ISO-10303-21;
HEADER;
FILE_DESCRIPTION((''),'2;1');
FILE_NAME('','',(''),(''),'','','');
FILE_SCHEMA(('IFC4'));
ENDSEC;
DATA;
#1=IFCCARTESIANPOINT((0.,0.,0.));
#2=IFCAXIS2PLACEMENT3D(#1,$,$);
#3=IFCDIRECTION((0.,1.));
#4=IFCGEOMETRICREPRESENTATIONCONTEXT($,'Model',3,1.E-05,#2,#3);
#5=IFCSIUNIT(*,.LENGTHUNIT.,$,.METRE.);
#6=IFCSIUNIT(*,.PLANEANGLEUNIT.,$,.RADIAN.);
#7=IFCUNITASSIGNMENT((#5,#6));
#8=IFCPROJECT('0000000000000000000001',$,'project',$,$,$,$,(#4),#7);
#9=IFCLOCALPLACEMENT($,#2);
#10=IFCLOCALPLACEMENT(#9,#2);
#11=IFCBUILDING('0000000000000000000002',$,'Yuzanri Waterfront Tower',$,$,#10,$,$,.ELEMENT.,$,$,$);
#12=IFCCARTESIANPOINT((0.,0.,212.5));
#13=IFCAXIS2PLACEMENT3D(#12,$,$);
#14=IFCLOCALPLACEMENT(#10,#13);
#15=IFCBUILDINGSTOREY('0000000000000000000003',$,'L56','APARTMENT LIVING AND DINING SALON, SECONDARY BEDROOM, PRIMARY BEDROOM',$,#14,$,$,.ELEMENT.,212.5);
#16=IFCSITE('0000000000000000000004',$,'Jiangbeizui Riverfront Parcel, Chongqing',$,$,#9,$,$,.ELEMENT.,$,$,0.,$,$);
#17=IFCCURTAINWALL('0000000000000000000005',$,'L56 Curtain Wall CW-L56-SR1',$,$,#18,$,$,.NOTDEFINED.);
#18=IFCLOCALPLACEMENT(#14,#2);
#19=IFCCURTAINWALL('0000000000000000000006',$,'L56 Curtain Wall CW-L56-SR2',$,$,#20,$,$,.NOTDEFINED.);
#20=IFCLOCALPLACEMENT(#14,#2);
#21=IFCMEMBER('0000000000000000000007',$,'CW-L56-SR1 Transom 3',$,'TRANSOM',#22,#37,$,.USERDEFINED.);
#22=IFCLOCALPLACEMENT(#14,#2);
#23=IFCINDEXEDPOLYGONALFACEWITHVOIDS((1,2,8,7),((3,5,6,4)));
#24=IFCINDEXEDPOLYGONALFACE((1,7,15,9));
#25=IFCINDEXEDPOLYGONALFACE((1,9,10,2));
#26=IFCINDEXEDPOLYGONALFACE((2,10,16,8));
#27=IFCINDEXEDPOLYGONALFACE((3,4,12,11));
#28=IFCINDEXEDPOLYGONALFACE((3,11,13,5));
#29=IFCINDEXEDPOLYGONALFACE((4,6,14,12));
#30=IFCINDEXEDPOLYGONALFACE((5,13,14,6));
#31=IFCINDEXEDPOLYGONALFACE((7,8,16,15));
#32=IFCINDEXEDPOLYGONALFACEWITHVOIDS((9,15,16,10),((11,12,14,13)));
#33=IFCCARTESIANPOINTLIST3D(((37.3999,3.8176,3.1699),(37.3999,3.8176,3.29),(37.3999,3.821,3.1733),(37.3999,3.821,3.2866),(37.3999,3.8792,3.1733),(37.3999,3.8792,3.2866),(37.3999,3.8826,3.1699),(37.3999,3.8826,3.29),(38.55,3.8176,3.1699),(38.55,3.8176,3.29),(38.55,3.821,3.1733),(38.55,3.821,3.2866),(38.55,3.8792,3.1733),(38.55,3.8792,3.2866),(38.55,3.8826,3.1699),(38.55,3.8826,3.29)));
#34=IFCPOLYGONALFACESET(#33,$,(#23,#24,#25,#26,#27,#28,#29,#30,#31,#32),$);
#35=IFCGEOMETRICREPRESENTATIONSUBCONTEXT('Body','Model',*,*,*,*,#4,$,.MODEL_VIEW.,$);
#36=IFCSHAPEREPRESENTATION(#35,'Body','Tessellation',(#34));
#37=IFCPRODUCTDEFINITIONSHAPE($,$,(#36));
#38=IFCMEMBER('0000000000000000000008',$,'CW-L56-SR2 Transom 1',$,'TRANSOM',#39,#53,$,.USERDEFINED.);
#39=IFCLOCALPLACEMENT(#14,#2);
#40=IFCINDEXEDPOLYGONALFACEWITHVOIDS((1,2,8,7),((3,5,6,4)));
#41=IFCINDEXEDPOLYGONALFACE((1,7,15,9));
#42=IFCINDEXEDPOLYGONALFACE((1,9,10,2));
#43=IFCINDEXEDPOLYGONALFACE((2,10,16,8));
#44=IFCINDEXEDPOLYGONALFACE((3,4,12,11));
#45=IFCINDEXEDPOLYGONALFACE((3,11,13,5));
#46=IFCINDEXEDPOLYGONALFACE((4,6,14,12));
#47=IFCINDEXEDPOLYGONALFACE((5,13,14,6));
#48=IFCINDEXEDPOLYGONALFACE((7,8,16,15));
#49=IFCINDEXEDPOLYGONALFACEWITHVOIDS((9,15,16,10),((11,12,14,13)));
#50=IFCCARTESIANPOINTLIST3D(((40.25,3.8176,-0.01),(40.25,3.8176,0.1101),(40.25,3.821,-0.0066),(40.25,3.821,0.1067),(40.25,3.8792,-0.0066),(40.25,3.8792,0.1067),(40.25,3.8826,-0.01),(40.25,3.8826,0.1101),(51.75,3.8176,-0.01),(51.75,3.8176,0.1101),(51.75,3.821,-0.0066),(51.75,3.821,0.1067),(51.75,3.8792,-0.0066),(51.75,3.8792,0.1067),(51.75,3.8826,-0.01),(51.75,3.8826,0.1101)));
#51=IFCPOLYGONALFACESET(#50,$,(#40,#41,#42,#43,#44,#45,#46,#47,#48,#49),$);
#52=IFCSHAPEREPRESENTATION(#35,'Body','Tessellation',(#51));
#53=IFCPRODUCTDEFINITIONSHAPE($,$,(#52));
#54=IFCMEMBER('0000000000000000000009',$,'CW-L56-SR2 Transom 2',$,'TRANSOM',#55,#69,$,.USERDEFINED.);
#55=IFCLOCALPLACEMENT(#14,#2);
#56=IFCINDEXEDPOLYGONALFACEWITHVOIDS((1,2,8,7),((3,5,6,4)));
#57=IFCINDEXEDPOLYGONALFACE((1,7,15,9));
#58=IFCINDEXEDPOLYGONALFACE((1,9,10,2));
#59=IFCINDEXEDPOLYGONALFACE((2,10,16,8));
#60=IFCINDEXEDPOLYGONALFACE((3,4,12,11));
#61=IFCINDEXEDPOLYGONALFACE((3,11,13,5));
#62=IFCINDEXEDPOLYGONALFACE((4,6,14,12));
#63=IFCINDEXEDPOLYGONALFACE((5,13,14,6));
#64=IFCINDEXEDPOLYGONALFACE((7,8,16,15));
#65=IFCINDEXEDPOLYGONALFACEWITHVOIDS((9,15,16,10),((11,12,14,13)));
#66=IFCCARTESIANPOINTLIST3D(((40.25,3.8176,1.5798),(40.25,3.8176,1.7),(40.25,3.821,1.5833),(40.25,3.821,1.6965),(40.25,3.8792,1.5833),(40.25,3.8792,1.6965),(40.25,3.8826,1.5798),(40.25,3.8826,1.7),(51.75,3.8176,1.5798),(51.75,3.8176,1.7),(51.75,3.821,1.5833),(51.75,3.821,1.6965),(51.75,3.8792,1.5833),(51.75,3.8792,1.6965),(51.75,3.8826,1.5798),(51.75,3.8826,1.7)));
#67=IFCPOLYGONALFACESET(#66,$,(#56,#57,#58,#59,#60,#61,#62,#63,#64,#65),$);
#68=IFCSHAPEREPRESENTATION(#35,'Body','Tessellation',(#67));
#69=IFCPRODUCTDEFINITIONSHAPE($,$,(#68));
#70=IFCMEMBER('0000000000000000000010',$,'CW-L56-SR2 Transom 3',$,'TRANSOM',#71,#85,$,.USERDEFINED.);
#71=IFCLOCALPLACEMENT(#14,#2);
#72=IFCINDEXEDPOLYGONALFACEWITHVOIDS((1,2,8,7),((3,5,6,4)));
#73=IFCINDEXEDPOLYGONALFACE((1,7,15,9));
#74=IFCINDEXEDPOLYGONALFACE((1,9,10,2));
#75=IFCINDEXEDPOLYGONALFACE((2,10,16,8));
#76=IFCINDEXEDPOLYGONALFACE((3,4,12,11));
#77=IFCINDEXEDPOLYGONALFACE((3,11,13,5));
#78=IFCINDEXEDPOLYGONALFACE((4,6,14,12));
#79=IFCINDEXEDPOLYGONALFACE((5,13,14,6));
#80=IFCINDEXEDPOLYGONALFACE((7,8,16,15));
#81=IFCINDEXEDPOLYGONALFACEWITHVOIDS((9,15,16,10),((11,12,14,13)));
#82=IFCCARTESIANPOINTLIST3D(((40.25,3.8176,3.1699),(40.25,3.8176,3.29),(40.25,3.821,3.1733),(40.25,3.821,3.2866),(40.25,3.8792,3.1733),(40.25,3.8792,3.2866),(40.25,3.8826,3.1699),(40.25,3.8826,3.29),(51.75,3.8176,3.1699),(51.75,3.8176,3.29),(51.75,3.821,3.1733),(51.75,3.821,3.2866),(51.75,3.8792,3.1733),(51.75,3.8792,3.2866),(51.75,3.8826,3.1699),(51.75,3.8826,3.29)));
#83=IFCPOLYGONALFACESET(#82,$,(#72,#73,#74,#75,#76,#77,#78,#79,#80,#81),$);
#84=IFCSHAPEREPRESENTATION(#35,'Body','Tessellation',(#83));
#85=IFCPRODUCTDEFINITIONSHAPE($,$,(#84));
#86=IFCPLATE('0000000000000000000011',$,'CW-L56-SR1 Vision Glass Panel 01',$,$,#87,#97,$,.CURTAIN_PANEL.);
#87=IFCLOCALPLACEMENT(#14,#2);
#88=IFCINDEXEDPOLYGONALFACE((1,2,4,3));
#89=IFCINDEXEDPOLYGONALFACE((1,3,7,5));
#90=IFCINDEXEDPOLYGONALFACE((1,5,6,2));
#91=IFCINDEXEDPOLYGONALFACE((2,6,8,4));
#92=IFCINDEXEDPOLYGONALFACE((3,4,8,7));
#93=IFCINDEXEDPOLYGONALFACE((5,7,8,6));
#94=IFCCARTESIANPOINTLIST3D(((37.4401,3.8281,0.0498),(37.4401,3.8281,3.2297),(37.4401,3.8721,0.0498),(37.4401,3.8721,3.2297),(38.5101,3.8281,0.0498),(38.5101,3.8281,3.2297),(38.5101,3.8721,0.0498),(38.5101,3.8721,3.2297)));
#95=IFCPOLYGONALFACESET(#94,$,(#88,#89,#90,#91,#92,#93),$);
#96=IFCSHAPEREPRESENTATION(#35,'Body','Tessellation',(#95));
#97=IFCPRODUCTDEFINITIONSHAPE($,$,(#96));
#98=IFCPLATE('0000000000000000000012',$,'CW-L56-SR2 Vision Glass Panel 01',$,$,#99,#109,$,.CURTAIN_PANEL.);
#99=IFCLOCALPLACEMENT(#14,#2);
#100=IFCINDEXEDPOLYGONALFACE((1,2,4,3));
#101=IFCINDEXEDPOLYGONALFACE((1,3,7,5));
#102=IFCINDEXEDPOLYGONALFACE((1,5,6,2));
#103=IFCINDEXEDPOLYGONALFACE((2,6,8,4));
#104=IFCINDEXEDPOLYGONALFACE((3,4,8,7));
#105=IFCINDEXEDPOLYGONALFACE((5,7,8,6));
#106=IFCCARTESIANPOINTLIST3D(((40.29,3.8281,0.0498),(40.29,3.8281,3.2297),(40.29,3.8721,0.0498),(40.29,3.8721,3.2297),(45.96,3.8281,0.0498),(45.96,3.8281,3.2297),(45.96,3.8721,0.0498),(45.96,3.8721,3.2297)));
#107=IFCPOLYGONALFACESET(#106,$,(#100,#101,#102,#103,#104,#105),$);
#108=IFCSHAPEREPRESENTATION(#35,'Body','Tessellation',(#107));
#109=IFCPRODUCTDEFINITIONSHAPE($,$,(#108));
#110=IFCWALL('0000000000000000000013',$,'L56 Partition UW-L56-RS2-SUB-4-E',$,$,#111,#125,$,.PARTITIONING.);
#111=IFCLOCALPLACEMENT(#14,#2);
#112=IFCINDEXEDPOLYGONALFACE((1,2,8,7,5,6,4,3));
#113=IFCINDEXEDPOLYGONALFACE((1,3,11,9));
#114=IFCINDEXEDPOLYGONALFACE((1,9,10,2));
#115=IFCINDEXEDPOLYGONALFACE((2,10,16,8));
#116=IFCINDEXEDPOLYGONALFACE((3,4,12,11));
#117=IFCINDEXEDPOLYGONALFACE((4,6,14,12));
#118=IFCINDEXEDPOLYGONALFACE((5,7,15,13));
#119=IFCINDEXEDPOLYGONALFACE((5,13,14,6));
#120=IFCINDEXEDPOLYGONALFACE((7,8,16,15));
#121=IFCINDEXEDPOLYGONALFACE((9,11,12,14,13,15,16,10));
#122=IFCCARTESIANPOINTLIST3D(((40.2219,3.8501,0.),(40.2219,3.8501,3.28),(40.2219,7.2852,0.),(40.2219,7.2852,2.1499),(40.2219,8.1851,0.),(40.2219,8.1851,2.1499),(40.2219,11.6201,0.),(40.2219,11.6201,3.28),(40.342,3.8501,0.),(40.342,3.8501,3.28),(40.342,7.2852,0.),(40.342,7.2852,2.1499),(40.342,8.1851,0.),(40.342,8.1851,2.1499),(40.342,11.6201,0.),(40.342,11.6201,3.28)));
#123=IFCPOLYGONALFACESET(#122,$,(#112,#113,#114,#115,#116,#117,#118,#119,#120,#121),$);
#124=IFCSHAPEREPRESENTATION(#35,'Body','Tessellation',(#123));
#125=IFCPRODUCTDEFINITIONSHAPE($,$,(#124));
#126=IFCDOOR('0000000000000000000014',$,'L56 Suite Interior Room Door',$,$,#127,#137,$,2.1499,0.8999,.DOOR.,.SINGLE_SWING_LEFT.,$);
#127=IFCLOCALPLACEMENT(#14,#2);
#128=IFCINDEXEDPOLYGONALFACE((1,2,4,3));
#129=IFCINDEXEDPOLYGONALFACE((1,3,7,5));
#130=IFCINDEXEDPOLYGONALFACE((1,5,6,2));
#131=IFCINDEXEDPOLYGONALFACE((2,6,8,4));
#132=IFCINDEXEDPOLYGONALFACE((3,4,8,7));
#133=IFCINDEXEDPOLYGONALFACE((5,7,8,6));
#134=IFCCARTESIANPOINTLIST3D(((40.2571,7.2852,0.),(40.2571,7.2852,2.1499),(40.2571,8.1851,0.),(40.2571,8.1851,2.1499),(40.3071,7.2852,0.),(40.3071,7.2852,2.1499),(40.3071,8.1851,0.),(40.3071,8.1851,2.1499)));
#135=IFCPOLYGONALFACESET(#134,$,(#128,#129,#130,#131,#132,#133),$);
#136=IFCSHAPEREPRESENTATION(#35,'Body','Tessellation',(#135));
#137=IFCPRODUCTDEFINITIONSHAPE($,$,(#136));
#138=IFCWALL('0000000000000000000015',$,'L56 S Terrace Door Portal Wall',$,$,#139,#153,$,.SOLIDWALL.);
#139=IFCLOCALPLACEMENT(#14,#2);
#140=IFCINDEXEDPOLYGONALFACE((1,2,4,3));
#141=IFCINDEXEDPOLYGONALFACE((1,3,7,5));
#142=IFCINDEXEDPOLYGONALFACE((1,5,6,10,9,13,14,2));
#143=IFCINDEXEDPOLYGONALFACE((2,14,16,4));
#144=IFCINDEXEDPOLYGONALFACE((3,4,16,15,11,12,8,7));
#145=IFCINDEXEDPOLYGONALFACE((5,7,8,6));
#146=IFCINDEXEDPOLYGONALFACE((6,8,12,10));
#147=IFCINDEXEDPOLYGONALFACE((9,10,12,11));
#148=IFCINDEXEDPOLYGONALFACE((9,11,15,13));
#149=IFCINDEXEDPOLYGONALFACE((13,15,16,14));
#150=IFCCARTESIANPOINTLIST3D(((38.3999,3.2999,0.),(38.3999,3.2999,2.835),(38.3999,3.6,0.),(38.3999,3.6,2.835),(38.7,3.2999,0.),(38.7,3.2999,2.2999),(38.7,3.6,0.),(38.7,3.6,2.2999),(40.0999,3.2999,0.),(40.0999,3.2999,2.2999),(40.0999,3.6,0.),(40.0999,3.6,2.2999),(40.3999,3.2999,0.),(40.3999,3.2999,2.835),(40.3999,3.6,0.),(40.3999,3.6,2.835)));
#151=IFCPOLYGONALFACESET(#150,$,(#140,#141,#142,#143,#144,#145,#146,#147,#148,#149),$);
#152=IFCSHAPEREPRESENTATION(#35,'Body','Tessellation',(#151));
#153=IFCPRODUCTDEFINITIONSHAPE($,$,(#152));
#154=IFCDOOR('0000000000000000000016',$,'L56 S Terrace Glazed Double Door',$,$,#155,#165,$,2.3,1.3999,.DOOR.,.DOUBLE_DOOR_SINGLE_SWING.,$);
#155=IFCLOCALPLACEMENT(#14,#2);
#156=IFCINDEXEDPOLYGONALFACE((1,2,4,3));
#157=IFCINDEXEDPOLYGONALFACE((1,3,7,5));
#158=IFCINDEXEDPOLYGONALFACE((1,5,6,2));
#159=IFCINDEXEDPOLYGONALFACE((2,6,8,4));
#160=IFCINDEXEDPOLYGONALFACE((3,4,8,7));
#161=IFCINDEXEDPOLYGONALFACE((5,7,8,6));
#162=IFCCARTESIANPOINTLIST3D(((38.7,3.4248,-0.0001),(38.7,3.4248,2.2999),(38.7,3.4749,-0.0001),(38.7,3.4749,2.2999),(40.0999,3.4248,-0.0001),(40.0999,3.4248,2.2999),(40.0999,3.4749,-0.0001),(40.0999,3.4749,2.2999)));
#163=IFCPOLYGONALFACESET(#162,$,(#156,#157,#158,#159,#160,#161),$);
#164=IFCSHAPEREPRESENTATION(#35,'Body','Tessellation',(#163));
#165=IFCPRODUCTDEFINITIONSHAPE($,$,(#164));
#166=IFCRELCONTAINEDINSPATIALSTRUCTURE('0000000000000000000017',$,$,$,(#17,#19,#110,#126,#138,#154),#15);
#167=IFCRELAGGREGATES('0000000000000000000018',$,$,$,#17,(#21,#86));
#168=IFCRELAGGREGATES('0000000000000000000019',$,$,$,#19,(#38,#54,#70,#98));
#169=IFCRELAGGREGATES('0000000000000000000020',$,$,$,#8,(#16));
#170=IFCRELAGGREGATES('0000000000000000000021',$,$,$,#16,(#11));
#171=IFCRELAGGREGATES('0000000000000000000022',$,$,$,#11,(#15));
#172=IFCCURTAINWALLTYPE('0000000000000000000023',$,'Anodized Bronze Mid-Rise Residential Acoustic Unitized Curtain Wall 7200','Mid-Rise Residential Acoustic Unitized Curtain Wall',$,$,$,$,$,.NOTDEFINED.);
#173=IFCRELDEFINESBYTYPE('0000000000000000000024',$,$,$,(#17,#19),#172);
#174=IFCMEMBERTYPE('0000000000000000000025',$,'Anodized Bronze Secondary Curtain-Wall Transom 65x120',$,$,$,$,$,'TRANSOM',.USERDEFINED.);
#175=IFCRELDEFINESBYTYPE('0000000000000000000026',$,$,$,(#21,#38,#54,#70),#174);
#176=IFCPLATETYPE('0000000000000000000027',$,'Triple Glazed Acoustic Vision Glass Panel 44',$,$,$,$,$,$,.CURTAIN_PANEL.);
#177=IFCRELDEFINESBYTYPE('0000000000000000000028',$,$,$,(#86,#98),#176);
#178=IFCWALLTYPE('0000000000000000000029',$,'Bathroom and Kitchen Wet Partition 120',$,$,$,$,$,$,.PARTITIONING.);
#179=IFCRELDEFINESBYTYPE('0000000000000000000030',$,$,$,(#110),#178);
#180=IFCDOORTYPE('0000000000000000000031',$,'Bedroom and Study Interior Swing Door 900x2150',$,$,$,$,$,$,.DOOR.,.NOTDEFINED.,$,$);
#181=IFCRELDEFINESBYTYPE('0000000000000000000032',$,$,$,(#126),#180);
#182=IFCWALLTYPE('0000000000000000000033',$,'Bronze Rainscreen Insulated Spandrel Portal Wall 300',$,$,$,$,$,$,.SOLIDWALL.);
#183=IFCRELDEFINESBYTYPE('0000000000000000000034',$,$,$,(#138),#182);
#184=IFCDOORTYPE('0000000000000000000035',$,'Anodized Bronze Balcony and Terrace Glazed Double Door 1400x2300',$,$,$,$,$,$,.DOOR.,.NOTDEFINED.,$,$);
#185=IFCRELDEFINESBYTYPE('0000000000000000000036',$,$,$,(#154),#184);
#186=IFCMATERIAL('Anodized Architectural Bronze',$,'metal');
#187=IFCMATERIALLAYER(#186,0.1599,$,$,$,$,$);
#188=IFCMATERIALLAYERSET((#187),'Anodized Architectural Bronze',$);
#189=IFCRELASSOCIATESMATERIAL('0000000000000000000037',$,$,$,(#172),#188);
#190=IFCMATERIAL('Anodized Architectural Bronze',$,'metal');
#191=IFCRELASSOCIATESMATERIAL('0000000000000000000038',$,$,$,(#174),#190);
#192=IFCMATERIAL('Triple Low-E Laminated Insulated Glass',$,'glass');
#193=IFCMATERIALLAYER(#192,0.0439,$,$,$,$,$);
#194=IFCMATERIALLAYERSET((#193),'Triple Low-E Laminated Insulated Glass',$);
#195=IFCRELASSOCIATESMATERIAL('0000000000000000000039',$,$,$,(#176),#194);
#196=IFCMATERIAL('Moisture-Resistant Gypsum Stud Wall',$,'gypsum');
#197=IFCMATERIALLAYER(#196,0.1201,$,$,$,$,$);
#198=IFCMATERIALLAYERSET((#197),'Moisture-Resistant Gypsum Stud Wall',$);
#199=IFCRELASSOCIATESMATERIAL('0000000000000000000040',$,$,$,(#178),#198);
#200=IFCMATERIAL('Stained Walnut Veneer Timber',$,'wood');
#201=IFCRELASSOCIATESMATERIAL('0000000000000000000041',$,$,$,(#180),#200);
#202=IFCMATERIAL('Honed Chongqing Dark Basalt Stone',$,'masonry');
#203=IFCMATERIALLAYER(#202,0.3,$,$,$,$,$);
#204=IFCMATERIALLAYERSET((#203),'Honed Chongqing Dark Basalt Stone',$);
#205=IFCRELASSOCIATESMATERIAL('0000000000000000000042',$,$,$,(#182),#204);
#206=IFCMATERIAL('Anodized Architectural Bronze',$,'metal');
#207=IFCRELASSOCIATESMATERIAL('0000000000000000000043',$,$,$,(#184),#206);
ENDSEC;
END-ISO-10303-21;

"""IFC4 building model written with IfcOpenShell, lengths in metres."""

from ifc_helpers import new_model, si_unit, direction, frame, frame_2d, origin, origin_2d, place, context, subcontext, project, spatial, rectangle, hollow_rectangle, extrude, source, transform, mapped, material, layer, layer_set, material_profile, profile_set, type_object, element, fill, aggregate, save


model = new_model("IFC4")

# Units and contexts
model_context = context("Model", 3, precision=1e-05, world=origin(), true_north=direction((0.0, 1.0)))
body_context = subcontext(model_context, "Body", "Model", "MODEL_VIEW")
ifc_project = project(units=[si_unit("LENGTHUNIT", "METRE"), si_unit("PLANEANGLEUNIT", "RADIAN")], contexts=[model_context])

# Site, building, storey
site_placement = place(None, origin())
site = spatial("IfcSite", under=ifc_project, at=site_placement, Name="Jiangbeizui Riverfront Parcel, Chongqing", CompositionType="ELEMENT", RefElevation=0.0)
building_placement = place(site_placement, origin())
building = spatial("IfcBuilding", under=site, at=building_placement, Name="Yuzanri Waterfront Tower", CompositionType="ELEMENT")
storey_placement = place(building_placement, frame((0.0, 0.0, 212.5)))
storey = spatial("IfcBuildingStorey", under=building, at=storey_placement, Name="L56", Description="APARTMENT LIVING AND DINING SALON, SECONDARY BEDROOM, PRIMARY BEDROOM", CompositionType="ELEMENT", Elevation=212.5)

# Curtain walls
ifc_material_1 = material(Name="Anodized Architectural Bronze", Category="metal")
ifc_layer_1 = layer(ifc_material_1, 0.1599)
ifc_layer_set_1 = layer_set([ifc_layer_1], Name="Anodized Architectural Bronze")
curtain_wall_type = type_object("IfcCurtainWallType", Name="Anodized Bronze Mid-Rise Residential Acoustic Unitized Curtain Wall 7200", Description="Mid-Rise Residential Acoustic Unitized Curtain Wall", PredefinedType="NOTDEFINED", material=ifc_layer_set_1)
curtain_wall_1_placement = place(storey_placement, origin())
curtain_wall_1 = element("IfcCurtainWall", 1, at=curtain_wall_1_placement, inside=storey, type_object=curtain_wall_type, Name="L56 Curtain Wall CW-L56-SR1", PredefinedType="NOTDEFINED")
curtain_wall_2_placement = place(storey_placement, origin())
curtain_wall_2 = element("IfcCurtainWall", 2, at=curtain_wall_2_placement, inside=storey, type_object=curtain_wall_type, Name="L56 Curtain Wall CW-L56-SR2", PredefinedType="NOTDEFINED")

# Members
ifc_material_2 = material(Name="Anodized Architectural Bronze", Category="metal")
ifc_material_profile_1 = material_profile(ifc_material_2, hollow_rectangle(XDim=0.0649, YDim=0.1201, WallThickness=0.0034, at=origin_2d()), Name="CWT 65x120")
ifc_profile_set_1 = profile_set([ifc_material_profile_1], Name="Anodized Architectural Bronze")
member_type_1 = type_object("IfcMemberType", Name="Anodized Bronze Secondary Curtain-Wall Transom 65x120", ElementType="TRANSOM", PredefinedType="USERDEFINED", material=ifc_profile_set_1)
shared_shape_1 = source(origin(), body_context, "Body", "SweptSolid", [
    extrude(hollow_rectangle(XDim=0.0649, YDim=0.1201, WallThickness=0.0034, at=origin_2d()), origin(), (0.0, 0.0, 1.0), 1.1501),
])
member_1_placement = place(storey_placement, frame((37.3999, 3.8501, 3.23), z_axis=(1.0, 0.0, 0.0), x_axis=(0.0, 1.0, 0.0)))
member_1 = element("IfcMember", 3, at=member_1_placement, type_object=member_type_1, Name="CW-L56-SR1 Transom 3", ObjectType="TRANSOM", PredefinedType="USERDEFINED", context=body_context, shape_type="MappedRepresentation", body=[
    mapped(shared_shape_1, transform((0.0, 0.0, 0.0), scale=1.0)),
])
shared_shape_2 = source(origin(), body_context, "Body", "SweptSolid", [
    extrude(hollow_rectangle(XDim=0.0649, YDim=0.1201, WallThickness=0.0034, at=origin_2d()), origin(), (0.0, 0.0, 1.0), 11.5),
])
member_2_placement = place(storey_placement, frame((40.25, 3.8501, 0.05), z_axis=(1.0, 0.0, 0.0), x_axis=(0.0, 1.0, 0.0)))
member_2 = element("IfcMember", 4, at=member_2_placement, type_object=member_type_1, Name="CW-L56-SR2 Transom 1", ObjectType="TRANSOM", PredefinedType="USERDEFINED", context=body_context, shape_type="MappedRepresentation", body=[
    mapped(shared_shape_2, transform((0.0, 0.0, 0.0), scale=1.0)),
])
member_3_placement = place(storey_placement, frame((40.25, 3.8501, 1.6399), z_axis=(1.0, 0.0, 0.0), x_axis=(0.0, 1.0, 0.0)))
member_3 = element("IfcMember", 5, at=member_3_placement, type_object=member_type_1, Name="CW-L56-SR2 Transom 2", ObjectType="TRANSOM", PredefinedType="USERDEFINED", context=body_context, shape_type="MappedRepresentation", body=[
    mapped(shared_shape_2, transform((0.0, 0.0, 0.0), scale=1.0)),
])
member_4_placement = place(storey_placement, frame((40.25, 3.8501, 3.23), z_axis=(1.0, 0.0, 0.0), x_axis=(0.0, 1.0, 0.0)))
member_4 = element("IfcMember", 6, at=member_4_placement, type_object=member_type_1, Name="CW-L56-SR2 Transom 3", ObjectType="TRANSOM", PredefinedType="USERDEFINED", context=body_context, shape_type="MappedRepresentation", body=[
    mapped(shared_shape_2, transform((0.0, 0.0, 0.0), scale=1.0)),
])

# Plates
ifc_material_3 = material(Name="Triple Low-E Laminated Insulated Glass", Category="glass")
ifc_layer_2 = layer(ifc_material_3, 0.0439)
ifc_layer_set_2 = layer_set([ifc_layer_2], Name="Triple Low-E Laminated Insulated Glass")
plate_type = type_object("IfcPlateType", Name="Triple Glazed Acoustic Vision Glass Panel 44", PredefinedType="CURTAIN_PANEL", material=ifc_layer_set_2)
shared_shape_3 = source(origin(), body_context, "Body", "SweptSolid", [
    extrude(rectangle(XDim=1.0701, YDim=0.0439, at=origin_2d()), origin(), (0.0, 0.0, 1.0), 3.1799),
])
plate_1_placement = place(storey_placement, frame((37.9751, 3.8501, 0.0498), z_axis=(0.0, 0.0, 1.0), x_axis=(1.0, 0.0, 0.0)))
plate_1 = element("IfcPlate", 7, at=plate_1_placement, type_object=plate_type, Name="CW-L56-SR1 Vision Glass Panel 01", PredefinedType="CURTAIN_PANEL", context=body_context, shape_type="MappedRepresentation", body=[
    mapped(shared_shape_3, transform((0.0, 0.0, 0.0), scale=1.0)),
])
aggregate(curtain_wall_1, [member_1, plate_1])
shared_shape_4 = source(origin(), body_context, "Body", "SweptSolid", [
    extrude(rectangle(XDim=5.6699, YDim=0.0439, at=origin_2d()), origin(), (0.0, 0.0, 1.0), 3.1799),
])
plate_2_placement = place(storey_placement, frame((43.125, 3.8501, 0.0498), z_axis=(0.0, 0.0, 1.0), x_axis=(1.0, 0.0, 0.0)))
plate_2 = element("IfcPlate", 8, at=plate_2_placement, type_object=plate_type, Name="CW-L56-SR2 Vision Glass Panel 01", PredefinedType="CURTAIN_PANEL", context=body_context, shape_type="MappedRepresentation", body=[
    mapped(shared_shape_4, transform((0.0, 0.0, 0.0), scale=1.0)),
])
aggregate(curtain_wall_2, [member_2, member_3, member_4, plate_2])

# Walls, openings, doors
ifc_material_4 = material(Name="Moisture-Resistant Gypsum Stud Wall", Category="gypsum")
ifc_layer_3 = layer(ifc_material_4, 0.1201)
ifc_layer_set_3 = layer_set([ifc_layer_3], Name="Moisture-Resistant Gypsum Stud Wall")
wall_type_1 = type_object("IfcWallType", Name="Bathroom and Kitchen Wet Partition 120", PredefinedType="PARTITIONING", material=ifc_layer_set_3)
wall_1_placement = place(storey_placement, frame((40.282, 3.8501, 0.0), z_axis=(0.0, 0.0, 1.0), x_axis=(0.0, 1.0, 0.0)))
wall_1 = element("IfcWall", 9, at=wall_1_placement, inside=storey, type_object=wall_type_1, Name="L56 Partition UW-L56-RS2-SUB-4-E", PredefinedType="PARTITIONING", context=body_context, shape_type="SweptSolid", body=[
    extrude(rectangle(XDim=7.77, YDim=0.1201, at=frame_2d((3.885, 0.0))), origin(), (0.0, 0.0, 1.0), 3.28),
])
opening_1_placement = place(wall_1_placement, frame((3.4351, 0.0, 0.0)))
opening_1 = element("IfcOpeningElement", 10, at=opening_1_placement, cuts=wall_1, PredefinedType="OPENING", context=body_context, shape_type="SweptSolid", body=[
    extrude(rectangle(XDim=0.8999, YDim=2.1499, at=frame_2d((0.45, 1.075))), frame((0.0, 0.075, 0.0), z_axis=(0.0, -1.0, 0.0), x_axis=(1.0, 0.0, 0.0)), (0.0, 0.0, 1.0), 0.1499),
])
ifc_material_5 = material(Name="Stained Walnut Veneer Timber", Category="wood")
door_type_1 = type_object("IfcDoorType", Name="Bedroom and Study Interior Swing Door 900x2150", OperationType="NOTDEFINED", PredefinedType="DOOR", material=ifc_material_5)
shared_shape_5 = source(origin(), body_context, "Body", "SweptSolid", [
    extrude(rectangle(XDim=0.8999, YDim=2.1499, at=frame_2d((0.45, 1.075))), frame((0.0, 0.0249, 0.0), z_axis=(0.0, -1.0, 0.0), x_axis=(1.0, 0.0, 0.0)), (0.0, 0.0, 1.0), 0.05),
])
door_1_placement = place(opening_1_placement, origin())
door_1 = element("IfcDoor", 11, at=door_1_placement, inside=storey, type_object=door_type_1, Name="L56 Suite Interior Room Door", OperationType="SINGLE_SWING_LEFT", OverallHeight=2.1499, OverallWidth=0.8999, PredefinedType="DOOR", context=body_context, shape_type="MappedRepresentation", body=[
    mapped(shared_shape_5, transform((0.0, 0.0, 0.0), scale=1.0)),
])
fill(opening_1, door_1)
ifc_material_6 = material(Name="Honed Chongqing Dark Basalt Stone", Category="masonry")
ifc_layer_4 = layer(ifc_material_6, 0.3)
ifc_layer_set_4 = layer_set([ifc_layer_4], Name="Honed Chongqing Dark Basalt Stone")
wall_type_2 = type_object("IfcWallType", Name="Bronze Rainscreen Insulated Spandrel Portal Wall 300", PredefinedType="SOLIDWALL", material=ifc_layer_set_4)
wall_2_placement = place(storey_placement, frame((38.3999, 3.45, 0.0), z_axis=(0.0, 0.0, 1.0), x_axis=(1.0, 0.0, 0.0)))
wall_2 = element("IfcWall", 12, at=wall_2_placement, inside=storey, type_object=wall_type_2, Name="L56 S Terrace Door Portal Wall", PredefinedType="SOLIDWALL", context=body_context, shape_type="SweptSolid", body=[
    extrude(rectangle(XDim=2.0, YDim=0.3, at=frame_2d((1.0, 0.0))), origin(), (0.0, 0.0, 1.0), 2.835),
])
opening_2_placement = place(wall_2_placement, frame((0.3, 0.0, 0.0)))
opening_2 = element("IfcOpeningElement", 13, at=opening_2_placement, cuts=wall_2, PredefinedType="OPENING", context=body_context, shape_type="SweptSolid", body=[
    extrude(rectangle(XDim=1.3999, YDim=2.3, at=frame_2d((0.7, 1.1499))), frame((0.0, 0.165, 0.0), z_axis=(0.0, -1.0, 0.0), x_axis=(1.0, 0.0, 0.0)), (0.0, 0.0, 1.0), 0.3298),
])
ifc_material_7 = material(Name="Anodized Architectural Bronze", Category="metal")
door_type_2 = type_object("IfcDoorType", Name="Anodized Bronze Balcony and Terrace Glazed Double Door 1400x2300", OperationType="NOTDEFINED", PredefinedType="DOOR", material=ifc_material_7)
shared_shape_6 = source(origin(), body_context, "Body", "SweptSolid", [
    extrude(rectangle(XDim=1.3999, YDim=2.3, at=frame_2d((0.7, 1.1499))), frame((0.0, 0.0249, 0.0), z_axis=(0.0, -1.0, 0.0), x_axis=(1.0, 0.0, 0.0)), (0.0, 0.0, 1.0), 0.05),
])
door_2_placement = place(opening_2_placement, origin())
door_2 = element("IfcDoor", 14, at=door_2_placement, inside=storey, type_object=door_type_2, Name="L56 S Terrace Glazed Double Door", OperationType="DOUBLE_DOOR_SINGLE_SWING", OverallHeight=2.3, OverallWidth=1.3999, PredefinedType="DOOR", context=body_context, shape_type="MappedRepresentation", body=[
    mapped(shared_shape_6, transform((0.0, 0.0, 0.0), scale=1.0)),
])
fill(opening_2, door_2)

save(model, "model.ifc")
